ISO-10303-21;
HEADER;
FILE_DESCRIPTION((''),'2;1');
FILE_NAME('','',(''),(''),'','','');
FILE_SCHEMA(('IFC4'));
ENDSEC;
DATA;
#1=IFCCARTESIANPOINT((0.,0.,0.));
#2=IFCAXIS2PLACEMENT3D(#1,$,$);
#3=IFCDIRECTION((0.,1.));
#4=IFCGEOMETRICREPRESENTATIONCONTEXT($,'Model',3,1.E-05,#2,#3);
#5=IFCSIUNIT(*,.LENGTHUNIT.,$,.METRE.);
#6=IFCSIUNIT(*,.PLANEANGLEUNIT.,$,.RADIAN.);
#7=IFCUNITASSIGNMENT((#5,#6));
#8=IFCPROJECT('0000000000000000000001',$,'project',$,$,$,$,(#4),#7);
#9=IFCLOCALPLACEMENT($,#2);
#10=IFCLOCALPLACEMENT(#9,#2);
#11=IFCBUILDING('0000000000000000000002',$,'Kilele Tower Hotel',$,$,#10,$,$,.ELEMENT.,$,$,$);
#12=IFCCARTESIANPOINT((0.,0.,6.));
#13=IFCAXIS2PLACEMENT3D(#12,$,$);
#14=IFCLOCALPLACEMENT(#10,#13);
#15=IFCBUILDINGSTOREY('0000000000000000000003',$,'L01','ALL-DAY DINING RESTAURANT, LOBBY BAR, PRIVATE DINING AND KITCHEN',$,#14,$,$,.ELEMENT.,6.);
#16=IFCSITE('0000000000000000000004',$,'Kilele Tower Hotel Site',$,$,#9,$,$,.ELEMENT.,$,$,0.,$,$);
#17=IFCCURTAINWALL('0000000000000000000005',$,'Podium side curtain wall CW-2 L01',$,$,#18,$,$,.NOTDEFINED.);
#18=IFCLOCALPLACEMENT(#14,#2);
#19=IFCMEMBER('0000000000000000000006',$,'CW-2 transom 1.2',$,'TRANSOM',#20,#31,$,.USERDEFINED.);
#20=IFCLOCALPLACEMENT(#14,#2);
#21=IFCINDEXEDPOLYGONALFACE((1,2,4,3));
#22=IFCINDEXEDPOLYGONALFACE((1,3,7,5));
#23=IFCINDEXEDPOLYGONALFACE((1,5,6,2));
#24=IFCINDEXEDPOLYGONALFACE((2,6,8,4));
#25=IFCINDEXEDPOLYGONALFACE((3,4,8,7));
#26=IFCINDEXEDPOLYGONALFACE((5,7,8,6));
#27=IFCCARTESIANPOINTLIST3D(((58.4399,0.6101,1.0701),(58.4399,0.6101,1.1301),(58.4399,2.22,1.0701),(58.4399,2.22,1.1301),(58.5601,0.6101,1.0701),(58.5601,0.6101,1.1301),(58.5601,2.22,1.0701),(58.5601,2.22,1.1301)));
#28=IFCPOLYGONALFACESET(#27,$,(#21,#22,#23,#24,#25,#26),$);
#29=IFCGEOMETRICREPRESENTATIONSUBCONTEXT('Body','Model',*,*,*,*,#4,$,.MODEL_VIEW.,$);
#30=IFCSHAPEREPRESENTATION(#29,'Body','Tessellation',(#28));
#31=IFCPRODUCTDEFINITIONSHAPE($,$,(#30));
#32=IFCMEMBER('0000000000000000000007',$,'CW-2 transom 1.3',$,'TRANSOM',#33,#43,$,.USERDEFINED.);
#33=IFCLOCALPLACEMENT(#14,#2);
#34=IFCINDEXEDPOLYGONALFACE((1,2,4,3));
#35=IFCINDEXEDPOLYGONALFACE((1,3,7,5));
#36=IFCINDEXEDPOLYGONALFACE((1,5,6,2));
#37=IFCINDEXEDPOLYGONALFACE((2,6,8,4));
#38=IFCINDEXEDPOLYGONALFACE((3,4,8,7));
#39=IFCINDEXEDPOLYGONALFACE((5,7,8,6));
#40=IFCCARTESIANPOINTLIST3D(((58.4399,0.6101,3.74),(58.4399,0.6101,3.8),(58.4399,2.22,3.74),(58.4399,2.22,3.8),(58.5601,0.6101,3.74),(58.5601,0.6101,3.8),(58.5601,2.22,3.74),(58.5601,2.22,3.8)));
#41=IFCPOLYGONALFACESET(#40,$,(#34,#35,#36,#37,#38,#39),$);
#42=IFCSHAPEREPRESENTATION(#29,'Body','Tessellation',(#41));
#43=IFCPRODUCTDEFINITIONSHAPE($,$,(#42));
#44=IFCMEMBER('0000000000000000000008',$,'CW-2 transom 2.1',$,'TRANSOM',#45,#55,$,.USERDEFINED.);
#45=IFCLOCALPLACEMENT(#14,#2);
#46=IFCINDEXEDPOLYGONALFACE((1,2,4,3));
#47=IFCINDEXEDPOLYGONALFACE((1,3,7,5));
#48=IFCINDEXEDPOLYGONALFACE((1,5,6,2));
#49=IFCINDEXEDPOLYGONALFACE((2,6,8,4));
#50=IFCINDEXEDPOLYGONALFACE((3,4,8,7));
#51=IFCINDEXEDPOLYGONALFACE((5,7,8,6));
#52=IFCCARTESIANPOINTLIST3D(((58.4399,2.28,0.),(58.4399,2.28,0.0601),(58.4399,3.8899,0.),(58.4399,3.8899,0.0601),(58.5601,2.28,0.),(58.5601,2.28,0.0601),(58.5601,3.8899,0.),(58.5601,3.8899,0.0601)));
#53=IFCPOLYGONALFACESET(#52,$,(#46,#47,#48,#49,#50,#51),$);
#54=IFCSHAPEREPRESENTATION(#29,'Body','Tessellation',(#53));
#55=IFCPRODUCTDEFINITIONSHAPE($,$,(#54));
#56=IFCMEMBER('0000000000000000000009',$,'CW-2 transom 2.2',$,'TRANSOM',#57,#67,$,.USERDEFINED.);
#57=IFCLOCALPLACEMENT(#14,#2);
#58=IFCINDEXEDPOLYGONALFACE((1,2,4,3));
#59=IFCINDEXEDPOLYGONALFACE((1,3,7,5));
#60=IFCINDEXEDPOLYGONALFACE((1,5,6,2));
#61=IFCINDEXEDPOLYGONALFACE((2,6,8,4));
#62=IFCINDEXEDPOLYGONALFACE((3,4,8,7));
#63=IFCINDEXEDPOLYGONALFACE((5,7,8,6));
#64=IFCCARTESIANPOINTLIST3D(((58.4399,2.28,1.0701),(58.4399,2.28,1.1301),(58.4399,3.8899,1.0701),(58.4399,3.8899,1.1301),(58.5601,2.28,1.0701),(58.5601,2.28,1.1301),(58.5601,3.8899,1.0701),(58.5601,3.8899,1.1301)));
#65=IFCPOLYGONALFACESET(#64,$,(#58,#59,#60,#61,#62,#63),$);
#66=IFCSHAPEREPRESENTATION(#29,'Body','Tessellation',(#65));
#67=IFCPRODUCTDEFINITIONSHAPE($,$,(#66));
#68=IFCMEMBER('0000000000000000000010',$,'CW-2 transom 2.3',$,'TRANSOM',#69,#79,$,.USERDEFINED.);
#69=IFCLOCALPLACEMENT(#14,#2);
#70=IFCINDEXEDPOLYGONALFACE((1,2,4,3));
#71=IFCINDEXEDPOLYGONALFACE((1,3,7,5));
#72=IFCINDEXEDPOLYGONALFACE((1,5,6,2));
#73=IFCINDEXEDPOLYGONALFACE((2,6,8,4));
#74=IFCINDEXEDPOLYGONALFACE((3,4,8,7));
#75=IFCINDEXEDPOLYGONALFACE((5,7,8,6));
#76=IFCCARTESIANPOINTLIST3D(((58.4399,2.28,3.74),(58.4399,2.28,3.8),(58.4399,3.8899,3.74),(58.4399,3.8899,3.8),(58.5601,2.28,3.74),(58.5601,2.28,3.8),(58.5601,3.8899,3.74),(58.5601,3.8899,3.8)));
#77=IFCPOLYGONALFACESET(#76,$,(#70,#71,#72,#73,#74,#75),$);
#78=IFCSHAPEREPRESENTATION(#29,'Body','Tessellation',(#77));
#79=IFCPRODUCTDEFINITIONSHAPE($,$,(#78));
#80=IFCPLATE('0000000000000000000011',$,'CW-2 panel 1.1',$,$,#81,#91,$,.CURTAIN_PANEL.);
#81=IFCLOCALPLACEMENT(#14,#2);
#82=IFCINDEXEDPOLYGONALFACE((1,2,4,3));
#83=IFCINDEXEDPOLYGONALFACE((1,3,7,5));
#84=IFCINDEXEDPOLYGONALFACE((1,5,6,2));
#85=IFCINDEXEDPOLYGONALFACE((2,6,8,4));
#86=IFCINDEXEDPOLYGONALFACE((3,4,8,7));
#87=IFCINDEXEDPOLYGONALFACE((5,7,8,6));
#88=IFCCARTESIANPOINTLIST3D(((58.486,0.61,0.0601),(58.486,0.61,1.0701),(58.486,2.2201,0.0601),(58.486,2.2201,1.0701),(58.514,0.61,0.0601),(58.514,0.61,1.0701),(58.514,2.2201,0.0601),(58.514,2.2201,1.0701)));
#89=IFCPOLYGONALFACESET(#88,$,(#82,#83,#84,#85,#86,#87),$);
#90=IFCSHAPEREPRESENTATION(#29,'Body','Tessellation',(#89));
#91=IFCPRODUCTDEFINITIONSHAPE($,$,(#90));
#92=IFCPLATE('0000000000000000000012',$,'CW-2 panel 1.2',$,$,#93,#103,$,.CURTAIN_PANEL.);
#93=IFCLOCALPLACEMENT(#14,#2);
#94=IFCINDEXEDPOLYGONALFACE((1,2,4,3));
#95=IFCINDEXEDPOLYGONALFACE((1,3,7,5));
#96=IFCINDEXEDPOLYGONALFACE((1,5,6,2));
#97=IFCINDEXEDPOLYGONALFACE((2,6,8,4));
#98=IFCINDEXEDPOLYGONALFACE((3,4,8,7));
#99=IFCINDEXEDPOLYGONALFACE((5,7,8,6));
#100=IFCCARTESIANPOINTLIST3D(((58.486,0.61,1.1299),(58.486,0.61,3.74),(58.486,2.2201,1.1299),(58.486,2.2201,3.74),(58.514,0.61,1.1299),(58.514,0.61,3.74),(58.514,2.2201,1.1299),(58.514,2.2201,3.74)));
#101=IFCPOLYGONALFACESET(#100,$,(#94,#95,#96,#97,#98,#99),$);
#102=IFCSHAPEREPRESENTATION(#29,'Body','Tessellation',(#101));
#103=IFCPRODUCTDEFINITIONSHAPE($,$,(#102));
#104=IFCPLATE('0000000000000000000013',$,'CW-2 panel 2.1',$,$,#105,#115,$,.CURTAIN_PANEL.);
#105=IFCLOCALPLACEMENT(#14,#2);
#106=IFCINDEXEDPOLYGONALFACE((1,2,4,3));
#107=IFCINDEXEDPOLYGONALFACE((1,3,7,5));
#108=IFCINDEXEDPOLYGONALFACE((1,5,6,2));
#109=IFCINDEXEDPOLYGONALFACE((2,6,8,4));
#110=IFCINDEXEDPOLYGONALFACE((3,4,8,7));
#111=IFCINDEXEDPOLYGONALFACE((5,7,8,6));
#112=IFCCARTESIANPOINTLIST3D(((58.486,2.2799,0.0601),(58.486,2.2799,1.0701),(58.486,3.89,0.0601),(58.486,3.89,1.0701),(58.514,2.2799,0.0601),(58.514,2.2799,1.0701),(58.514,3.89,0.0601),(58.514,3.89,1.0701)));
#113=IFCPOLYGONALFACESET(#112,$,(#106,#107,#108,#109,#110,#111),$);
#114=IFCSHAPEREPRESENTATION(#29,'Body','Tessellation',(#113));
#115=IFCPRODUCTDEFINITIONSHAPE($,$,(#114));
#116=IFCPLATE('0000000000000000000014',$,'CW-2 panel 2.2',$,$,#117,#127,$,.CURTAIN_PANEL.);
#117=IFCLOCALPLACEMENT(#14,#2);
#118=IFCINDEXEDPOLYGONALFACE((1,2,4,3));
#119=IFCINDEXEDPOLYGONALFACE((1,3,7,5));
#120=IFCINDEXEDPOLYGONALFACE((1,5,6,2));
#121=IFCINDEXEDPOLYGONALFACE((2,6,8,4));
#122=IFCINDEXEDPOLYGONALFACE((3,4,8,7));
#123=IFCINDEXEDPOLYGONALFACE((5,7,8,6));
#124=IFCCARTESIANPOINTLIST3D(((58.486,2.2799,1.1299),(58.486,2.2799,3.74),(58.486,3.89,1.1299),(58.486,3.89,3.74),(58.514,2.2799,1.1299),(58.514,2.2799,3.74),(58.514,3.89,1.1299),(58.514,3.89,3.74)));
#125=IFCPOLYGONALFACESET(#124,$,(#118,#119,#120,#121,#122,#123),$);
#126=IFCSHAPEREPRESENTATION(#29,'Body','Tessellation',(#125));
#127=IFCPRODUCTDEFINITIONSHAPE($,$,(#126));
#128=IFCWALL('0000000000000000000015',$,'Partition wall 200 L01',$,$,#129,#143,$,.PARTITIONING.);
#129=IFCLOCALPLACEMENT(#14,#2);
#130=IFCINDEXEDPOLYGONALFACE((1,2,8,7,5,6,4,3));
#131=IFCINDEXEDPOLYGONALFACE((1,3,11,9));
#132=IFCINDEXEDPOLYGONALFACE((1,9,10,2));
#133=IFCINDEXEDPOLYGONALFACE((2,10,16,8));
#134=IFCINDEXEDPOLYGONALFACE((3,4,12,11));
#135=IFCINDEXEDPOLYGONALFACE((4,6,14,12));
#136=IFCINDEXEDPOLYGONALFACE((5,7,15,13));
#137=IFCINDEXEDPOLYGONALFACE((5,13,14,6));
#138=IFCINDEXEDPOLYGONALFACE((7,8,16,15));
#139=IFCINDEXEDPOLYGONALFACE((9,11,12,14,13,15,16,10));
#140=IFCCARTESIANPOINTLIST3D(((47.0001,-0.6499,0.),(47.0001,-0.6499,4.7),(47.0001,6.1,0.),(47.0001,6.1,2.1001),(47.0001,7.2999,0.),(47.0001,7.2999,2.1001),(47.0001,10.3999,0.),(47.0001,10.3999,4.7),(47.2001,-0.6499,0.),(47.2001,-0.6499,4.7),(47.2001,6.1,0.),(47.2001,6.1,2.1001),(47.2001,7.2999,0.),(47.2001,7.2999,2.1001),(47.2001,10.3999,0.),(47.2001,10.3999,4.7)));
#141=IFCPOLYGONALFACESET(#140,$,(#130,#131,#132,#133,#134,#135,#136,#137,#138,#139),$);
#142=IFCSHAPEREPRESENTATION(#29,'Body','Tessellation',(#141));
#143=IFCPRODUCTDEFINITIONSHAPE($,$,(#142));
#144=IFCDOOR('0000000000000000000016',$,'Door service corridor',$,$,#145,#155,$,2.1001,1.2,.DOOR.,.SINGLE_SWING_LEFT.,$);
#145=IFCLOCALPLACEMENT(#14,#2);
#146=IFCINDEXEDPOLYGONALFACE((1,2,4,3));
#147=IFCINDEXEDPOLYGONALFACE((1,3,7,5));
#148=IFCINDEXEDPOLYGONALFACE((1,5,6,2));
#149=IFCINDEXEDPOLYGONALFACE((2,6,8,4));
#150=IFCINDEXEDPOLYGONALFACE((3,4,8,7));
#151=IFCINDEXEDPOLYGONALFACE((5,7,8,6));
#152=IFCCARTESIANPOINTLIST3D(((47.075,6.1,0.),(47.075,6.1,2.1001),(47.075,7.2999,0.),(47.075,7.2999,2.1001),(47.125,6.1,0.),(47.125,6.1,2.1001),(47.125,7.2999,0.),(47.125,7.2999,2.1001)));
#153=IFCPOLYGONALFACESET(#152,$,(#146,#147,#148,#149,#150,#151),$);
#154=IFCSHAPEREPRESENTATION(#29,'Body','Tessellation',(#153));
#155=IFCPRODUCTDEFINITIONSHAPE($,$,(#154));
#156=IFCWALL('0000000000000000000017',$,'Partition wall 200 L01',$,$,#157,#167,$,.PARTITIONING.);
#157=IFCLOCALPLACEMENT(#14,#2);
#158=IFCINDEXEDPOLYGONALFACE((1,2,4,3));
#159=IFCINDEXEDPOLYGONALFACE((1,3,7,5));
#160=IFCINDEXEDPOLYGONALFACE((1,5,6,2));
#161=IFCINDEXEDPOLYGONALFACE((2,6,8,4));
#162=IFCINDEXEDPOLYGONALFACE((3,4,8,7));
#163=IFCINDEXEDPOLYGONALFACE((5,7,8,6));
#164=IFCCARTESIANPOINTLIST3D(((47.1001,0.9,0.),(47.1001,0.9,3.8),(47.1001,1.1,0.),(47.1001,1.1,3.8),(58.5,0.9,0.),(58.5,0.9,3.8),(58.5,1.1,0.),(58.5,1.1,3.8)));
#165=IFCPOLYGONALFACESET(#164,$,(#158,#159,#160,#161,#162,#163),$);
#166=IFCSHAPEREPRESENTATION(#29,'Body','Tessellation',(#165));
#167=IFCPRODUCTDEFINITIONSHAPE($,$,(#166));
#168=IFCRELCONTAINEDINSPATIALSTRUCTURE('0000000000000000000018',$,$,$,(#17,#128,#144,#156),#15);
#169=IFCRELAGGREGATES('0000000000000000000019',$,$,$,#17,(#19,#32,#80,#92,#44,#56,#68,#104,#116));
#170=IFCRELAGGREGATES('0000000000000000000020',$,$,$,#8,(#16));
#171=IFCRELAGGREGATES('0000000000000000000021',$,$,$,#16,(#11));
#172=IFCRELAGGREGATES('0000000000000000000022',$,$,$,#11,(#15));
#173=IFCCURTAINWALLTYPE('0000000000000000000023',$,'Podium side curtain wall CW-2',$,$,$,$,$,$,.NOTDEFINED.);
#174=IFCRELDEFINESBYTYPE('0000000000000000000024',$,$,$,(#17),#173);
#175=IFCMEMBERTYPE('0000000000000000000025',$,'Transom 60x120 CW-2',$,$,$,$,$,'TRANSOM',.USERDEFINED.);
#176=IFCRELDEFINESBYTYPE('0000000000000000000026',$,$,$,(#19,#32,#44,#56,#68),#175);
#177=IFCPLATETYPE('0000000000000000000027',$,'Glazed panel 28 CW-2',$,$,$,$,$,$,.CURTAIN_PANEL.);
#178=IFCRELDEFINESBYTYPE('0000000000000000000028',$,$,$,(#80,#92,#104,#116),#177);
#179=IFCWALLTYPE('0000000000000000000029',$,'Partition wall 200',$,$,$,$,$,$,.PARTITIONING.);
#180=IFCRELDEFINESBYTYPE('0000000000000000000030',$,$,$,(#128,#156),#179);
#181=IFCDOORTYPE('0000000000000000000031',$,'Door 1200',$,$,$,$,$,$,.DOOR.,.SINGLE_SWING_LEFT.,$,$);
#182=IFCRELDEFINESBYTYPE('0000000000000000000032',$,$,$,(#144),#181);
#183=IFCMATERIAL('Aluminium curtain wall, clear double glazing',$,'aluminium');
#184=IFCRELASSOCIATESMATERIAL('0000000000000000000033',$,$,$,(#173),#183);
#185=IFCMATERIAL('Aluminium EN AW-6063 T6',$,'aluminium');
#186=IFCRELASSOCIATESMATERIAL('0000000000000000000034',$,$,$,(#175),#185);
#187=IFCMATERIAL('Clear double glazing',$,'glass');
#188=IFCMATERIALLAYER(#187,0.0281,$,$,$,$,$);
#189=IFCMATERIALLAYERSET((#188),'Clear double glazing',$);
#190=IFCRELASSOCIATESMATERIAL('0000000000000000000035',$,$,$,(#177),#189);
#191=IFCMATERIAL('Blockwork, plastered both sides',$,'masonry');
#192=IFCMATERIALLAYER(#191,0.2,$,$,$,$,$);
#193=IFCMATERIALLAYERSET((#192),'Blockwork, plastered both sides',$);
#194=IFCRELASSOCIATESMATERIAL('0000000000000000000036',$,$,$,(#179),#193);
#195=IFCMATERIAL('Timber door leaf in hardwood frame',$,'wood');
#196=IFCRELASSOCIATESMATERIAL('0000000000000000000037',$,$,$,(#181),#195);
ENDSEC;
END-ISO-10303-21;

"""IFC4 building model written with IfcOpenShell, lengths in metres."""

from ifc_helpers import new_model, si_unit, direction, frame, frame_2d, origin, origin_2d, place, context, subcontext, project, spatial, rectangle, extrude, material, layer, layer_set, material_profile, profile_set, type_object, element, fill, aggregate, save


model = new_model("IFC4")

# Units and contexts
model_context = context("Model", 3, precision=1e-05, world=origin(), true_north=direction((0.0, 1.0)))
body_context = subcontext(model_context, "Body", "Model", "MODEL_VIEW")
ifc_project = project(units=[si_unit("LENGTHUNIT", "METRE"), si_unit("PLANEANGLEUNIT", "RADIAN")], contexts=[model_context])

# Site, building, storey
site_placement = place(None, origin())
site = spatial("IfcSite", under=ifc_project, at=site_placement, Name="Kilele Tower Hotel Site", CompositionType="ELEMENT", RefElevation=0.0)
building_placement = place(site_placement, origin())
building = spatial("IfcBuilding", under=site, at=building_placement, Name="Kilele Tower Hotel", CompositionType="ELEMENT")
storey_placement = place(building_placement, frame((0.0, 0.0, 6.0)))
storey = spatial("IfcBuildingStorey", under=building, at=storey_placement, Name="L01", Description="ALL-DAY DINING RESTAURANT, LOBBY BAR, PRIVATE DINING AND KITCHEN", CompositionType="ELEMENT", Elevation=6.0)

# Shared definitions
ifc_material_1 = material(Name="Aluminium curtain wall, clear double glazing", Category="aluminium")
curtain_wall_type = type_object("IfcCurtainWallType", Name="Podium side curtain wall CW-2", PredefinedType="NOTDEFINED", material=ifc_material_1)

# Curtain wall
curtain_wall_1_placement = place(storey_placement, origin())
curtain_wall_1 = element("IfcCurtainWall", 1, at=curtain_wall_1_placement, inside=storey, type_object=curtain_wall_type, Name="Podium side curtain wall CW-2 L01", PredefinedType="NOTDEFINED")

# Members
ifc_material_2 = material(Name="Aluminium EN AW-6063 T6", Category="aluminium")
ifc_material_profile_1 = material_profile(ifc_material_2, rectangle(XDim=0.1201, YDim=0.0601, at=origin_2d()))
ifc_profile_set_1 = profile_set([ifc_material_profile_1], Name="Aluminium EN AW-6063 T6")
member_type_1 = type_object("IfcMemberType", Name="Transom 60x120 CW-2", ElementType="TRANSOM", PredefinedType="USERDEFINED", material=ifc_profile_set_1)
member_1_placement = place(storey_placement, frame((58.5, 0.6101, 1.1001), z_axis=(0.0, 1.0, 0.0), x_axis=(-1.0, 0.0, 0.0)))
member_1 = element("IfcMember", 2, at=member_1_placement, type_object=member_type_1, Name="CW-2 transom 1.2", ObjectType="TRANSOM", PredefinedType="USERDEFINED", context=body_context, shape_type="SweptSolid", body=[
    extrude(rectangle(XDim=0.1201, YDim=0.0601, at=origin_2d()), origin(), (0.0, 0.0, 1.0), 1.6099),
])
member_2_placement = place(storey_placement, frame((58.5, 0.6101, 3.77), z_axis=(0.0, 1.0, 0.0), x_axis=(-1.0, 0.0, 0.0)))
member_2 = element("IfcMember", 3, at=member_2_placement, type_object=member_type_1, Name="CW-2 transom 1.3", ObjectType="TRANSOM", PredefinedType="USERDEFINED", context=body_context, shape_type="SweptSolid", body=[
    extrude(rectangle(XDim=0.1201, YDim=0.0601, at=origin_2d()), origin(), (0.0, 0.0, 1.0), 1.6099),
])
member_3_placement = place(storey_placement, frame((58.5, 2.28, 0.03), z_axis=(0.0, 1.0, 0.0), x_axis=(-1.0, 0.0, 0.0)))
member_3 = element("IfcMember", 4, at=member_3_placement, type_object=member_type_1, Name="CW-2 transom 2.1", ObjectType="TRANSOM", PredefinedType="USERDEFINED", context=body_context, shape_type="SweptSolid", body=[
    extrude(rectangle(XDim=0.1201, YDim=0.0601, at=origin_2d()), origin(), (0.0, 0.0, 1.0), 1.6099),
])
member_4_placement = place(storey_placement, frame((58.5, 2.28, 1.1001), z_axis=(0.0, 1.0, 0.0), x_axis=(-1.0, 0.0, 0.0)))
member_4 = element("IfcMember", 5, at=member_4_placement, type_object=member_type_1, Name="CW-2 transom 2.2", ObjectType="TRANSOM", PredefinedType="USERDEFINED", context=body_context, shape_type="SweptSolid", body=[
    extrude(rectangle(XDim=0.1201, YDim=0.0601, at=origin_2d()), origin(), (0.0, 0.0, 1.0), 1.6099),
])
member_5_placement = place(storey_placement, frame((58.5, 2.28, 3.77), z_axis=(0.0, 1.0, 0.0), x_axis=(-1.0, 0.0, 0.0)))
member_5 = element("IfcMember", 6, at=member_5_placement, type_object=member_type_1, Name="CW-2 transom 2.3", ObjectType="TRANSOM", PredefinedType="USERDEFINED", context=body_context, shape_type="SweptSolid", body=[
    extrude(rectangle(XDim=0.1201, YDim=0.0601, at=origin_2d()), origin(), (0.0, 0.0, 1.0), 1.6099),
])

# Plates
ifc_material_3 = material(Name="Clear double glazing", Category="glass")
ifc_layer_1 = layer(ifc_material_3, 0.0281)
ifc_layer_set_1 = layer_set([ifc_layer_1], Name="Clear double glazing")
plate_type = type_object("IfcPlateType", Name="Glazed panel 28 CW-2", PredefinedType="CURTAIN_PANEL", material=ifc_layer_set_1)
plate_1_placement = place(storey_placement, frame((58.5, 1.415, 0.0601), z_axis=(0.0, 0.0, 1.0), x_axis=(0.0, 1.0, 0.0)))
plate_1 = element("IfcPlate", 7, at=plate_1_placement, type_object=plate_type, Name="CW-2 panel 1.1", PredefinedType="CURTAIN_PANEL", context=body_context, shape_type="SweptSolid", body=[
    extrude(rectangle(XDim=1.6101, YDim=0.0281, at=origin_2d()), origin(), (0.0, 0.0, 1.0), 1.01),
])
plate_2_placement = place(storey_placement, frame((58.5, 1.415, 1.1299), z_axis=(0.0, 0.0, 1.0), x_axis=(0.0, 1.0, 0.0)))
plate_2 = element("IfcPlate", 8, at=plate_2_placement, type_object=plate_type, Name="CW-2 panel 1.2", PredefinedType="CURTAIN_PANEL", context=body_context, shape_type="SweptSolid", body=[
    extrude(rectangle(XDim=1.6101, YDim=0.0281, at=origin_2d()), origin(), (0.0, 0.0, 1.0), 2.6101),
])
plate_3_placement = place(storey_placement, frame((58.5, 3.085, 0.0601), z_axis=(0.0, 0.0, 1.0), x_axis=(0.0, 1.0, 0.0)))
plate_3 = element("IfcPlate", 9, at=plate_3_placement, type_object=plate_type, Name="CW-2 panel 2.1", PredefinedType="CURTAIN_PANEL", context=body_context, shape_type="SweptSolid", body=[
    extrude(rectangle(XDim=1.6101, YDim=0.0281, at=origin_2d()), origin(), (0.0, 0.0, 1.0), 1.01),
])
plate_4_placement = place(storey_placement, frame((58.5, 3.085, 1.1299), z_axis=(0.0, 0.0, 1.0), x_axis=(0.0, 1.0, 0.0)))
plate_4 = element("IfcPlate", 10, at=plate_4_placement, type_object=plate_type, Name="CW-2 panel 2.2", PredefinedType="CURTAIN_PANEL", context=body_context, shape_type="SweptSolid", body=[
    extrude(rectangle(XDim=1.6101, YDim=0.0281, at=origin_2d()), origin(), (0.0, 0.0, 1.0), 2.6101),
])
aggregate(curtain_wall_1, [member_1, member_2, plate_1, plate_2, member_3, member_4, member_5, plate_3, plate_4])

# Wall, opening, door
ifc_material_4 = material(Name="Blockwork, plastered both sides", Category="masonry")
ifc_layer_2 = layer(ifc_material_4, 0.2)
ifc_layer_set_2 = layer_set([ifc_layer_2], Name="Blockwork, plastered both sides")
wall_type_1 = type_object("IfcWallType", Name="Partition wall 200", PredefinedType="PARTITIONING", material=ifc_layer_set_2)
wall_1_placement = place(storey_placement, frame((47.1001, -0.6499, 0.0), z_axis=(0.0, 0.0, 1.0), x_axis=(0.0, 1.0, 0.0)))
wall_1 = element("IfcWall", 11, at=wall_1_placement, inside=storey, type_object=wall_type_1, Name="Partition wall 200 L01", PredefinedType="PARTITIONING", context=body_context, shape_type="SweptSolid", body=[
    extrude(rectangle(XDim=11.0498, YDim=0.2, at=frame_2d((5.5249, 0.0))), origin(), (0.0, 0.0, 1.0), 4.7),
])
opening_1_placement = place(wall_1_placement, frame((7.95, 0.0, 0.0), z_axis=(0.0, 0.0, 1.0), x_axis=(-1.0, 0.0, 0.0)))
opening_1 = element("IfcOpeningElement", 12, at=opening_1_placement, cuts=wall_1, PredefinedType="OPENING", context=body_context, shape_type="SweptSolid", body=[
    extrude(rectangle(XDim=1.2, YDim=2.1001, at=frame_2d((0.6001, 1.05))), frame((0.0, 0.1099, 0.0), z_axis=(0.0, -1.0, 0.0), x_axis=(1.0, 0.0, 0.0)), (0.0, 0.0, 1.0), 0.22),
])
ifc_material_5 = material(Name="Timber door leaf in hardwood frame", Category="wood")
door_type_1 = type_object("IfcDoorType", Name="Door 1200", OperationType="SINGLE_SWING_LEFT", PredefinedType="DOOR", material=ifc_material_5)
door_1_placement = place(opening_1_placement, origin())
door_1 = element("IfcDoor", 13, at=door_1_placement, inside=storey, type_object=door_type_1, Name="Door service corridor", OperationType="SINGLE_SWING_LEFT", OverallHeight=2.1001, OverallWidth=1.2, PredefinedType="DOOR", context=body_context, shape_type="SweptSolid", body=[
    extrude(rectangle(XDim=1.2, YDim=2.1001, at=frame_2d((0.6001, 1.05))), frame((0.0, 0.0249, 0.0), z_axis=(0.0, -1.0, 0.0), x_axis=(1.0, 0.0, 0.0)), (0.0, 0.0, 1.0), 0.05),
])
fill(opening_1, door_1)

# Wall
wall_2_placement = place(storey_placement, frame((47.1001, 1.0, 0.0), z_axis=(0.0, 0.0, 1.0), x_axis=(1.0, 0.0, 0.0)))
element("IfcWall", 14, at=wall_2_placement, inside=storey, type_object=wall_type_1, Name="Partition wall 200 L01", PredefinedType="PARTITIONING", context=body_context, shape_type="SweptSolid", body=[
    extrude(rectangle(XDim=11.3999, YDim=0.2, at=frame_2d((5.7, 0.0))), origin(), (0.0, 0.0, 1.0), 3.8),
])

save(model, "model.ifc")
